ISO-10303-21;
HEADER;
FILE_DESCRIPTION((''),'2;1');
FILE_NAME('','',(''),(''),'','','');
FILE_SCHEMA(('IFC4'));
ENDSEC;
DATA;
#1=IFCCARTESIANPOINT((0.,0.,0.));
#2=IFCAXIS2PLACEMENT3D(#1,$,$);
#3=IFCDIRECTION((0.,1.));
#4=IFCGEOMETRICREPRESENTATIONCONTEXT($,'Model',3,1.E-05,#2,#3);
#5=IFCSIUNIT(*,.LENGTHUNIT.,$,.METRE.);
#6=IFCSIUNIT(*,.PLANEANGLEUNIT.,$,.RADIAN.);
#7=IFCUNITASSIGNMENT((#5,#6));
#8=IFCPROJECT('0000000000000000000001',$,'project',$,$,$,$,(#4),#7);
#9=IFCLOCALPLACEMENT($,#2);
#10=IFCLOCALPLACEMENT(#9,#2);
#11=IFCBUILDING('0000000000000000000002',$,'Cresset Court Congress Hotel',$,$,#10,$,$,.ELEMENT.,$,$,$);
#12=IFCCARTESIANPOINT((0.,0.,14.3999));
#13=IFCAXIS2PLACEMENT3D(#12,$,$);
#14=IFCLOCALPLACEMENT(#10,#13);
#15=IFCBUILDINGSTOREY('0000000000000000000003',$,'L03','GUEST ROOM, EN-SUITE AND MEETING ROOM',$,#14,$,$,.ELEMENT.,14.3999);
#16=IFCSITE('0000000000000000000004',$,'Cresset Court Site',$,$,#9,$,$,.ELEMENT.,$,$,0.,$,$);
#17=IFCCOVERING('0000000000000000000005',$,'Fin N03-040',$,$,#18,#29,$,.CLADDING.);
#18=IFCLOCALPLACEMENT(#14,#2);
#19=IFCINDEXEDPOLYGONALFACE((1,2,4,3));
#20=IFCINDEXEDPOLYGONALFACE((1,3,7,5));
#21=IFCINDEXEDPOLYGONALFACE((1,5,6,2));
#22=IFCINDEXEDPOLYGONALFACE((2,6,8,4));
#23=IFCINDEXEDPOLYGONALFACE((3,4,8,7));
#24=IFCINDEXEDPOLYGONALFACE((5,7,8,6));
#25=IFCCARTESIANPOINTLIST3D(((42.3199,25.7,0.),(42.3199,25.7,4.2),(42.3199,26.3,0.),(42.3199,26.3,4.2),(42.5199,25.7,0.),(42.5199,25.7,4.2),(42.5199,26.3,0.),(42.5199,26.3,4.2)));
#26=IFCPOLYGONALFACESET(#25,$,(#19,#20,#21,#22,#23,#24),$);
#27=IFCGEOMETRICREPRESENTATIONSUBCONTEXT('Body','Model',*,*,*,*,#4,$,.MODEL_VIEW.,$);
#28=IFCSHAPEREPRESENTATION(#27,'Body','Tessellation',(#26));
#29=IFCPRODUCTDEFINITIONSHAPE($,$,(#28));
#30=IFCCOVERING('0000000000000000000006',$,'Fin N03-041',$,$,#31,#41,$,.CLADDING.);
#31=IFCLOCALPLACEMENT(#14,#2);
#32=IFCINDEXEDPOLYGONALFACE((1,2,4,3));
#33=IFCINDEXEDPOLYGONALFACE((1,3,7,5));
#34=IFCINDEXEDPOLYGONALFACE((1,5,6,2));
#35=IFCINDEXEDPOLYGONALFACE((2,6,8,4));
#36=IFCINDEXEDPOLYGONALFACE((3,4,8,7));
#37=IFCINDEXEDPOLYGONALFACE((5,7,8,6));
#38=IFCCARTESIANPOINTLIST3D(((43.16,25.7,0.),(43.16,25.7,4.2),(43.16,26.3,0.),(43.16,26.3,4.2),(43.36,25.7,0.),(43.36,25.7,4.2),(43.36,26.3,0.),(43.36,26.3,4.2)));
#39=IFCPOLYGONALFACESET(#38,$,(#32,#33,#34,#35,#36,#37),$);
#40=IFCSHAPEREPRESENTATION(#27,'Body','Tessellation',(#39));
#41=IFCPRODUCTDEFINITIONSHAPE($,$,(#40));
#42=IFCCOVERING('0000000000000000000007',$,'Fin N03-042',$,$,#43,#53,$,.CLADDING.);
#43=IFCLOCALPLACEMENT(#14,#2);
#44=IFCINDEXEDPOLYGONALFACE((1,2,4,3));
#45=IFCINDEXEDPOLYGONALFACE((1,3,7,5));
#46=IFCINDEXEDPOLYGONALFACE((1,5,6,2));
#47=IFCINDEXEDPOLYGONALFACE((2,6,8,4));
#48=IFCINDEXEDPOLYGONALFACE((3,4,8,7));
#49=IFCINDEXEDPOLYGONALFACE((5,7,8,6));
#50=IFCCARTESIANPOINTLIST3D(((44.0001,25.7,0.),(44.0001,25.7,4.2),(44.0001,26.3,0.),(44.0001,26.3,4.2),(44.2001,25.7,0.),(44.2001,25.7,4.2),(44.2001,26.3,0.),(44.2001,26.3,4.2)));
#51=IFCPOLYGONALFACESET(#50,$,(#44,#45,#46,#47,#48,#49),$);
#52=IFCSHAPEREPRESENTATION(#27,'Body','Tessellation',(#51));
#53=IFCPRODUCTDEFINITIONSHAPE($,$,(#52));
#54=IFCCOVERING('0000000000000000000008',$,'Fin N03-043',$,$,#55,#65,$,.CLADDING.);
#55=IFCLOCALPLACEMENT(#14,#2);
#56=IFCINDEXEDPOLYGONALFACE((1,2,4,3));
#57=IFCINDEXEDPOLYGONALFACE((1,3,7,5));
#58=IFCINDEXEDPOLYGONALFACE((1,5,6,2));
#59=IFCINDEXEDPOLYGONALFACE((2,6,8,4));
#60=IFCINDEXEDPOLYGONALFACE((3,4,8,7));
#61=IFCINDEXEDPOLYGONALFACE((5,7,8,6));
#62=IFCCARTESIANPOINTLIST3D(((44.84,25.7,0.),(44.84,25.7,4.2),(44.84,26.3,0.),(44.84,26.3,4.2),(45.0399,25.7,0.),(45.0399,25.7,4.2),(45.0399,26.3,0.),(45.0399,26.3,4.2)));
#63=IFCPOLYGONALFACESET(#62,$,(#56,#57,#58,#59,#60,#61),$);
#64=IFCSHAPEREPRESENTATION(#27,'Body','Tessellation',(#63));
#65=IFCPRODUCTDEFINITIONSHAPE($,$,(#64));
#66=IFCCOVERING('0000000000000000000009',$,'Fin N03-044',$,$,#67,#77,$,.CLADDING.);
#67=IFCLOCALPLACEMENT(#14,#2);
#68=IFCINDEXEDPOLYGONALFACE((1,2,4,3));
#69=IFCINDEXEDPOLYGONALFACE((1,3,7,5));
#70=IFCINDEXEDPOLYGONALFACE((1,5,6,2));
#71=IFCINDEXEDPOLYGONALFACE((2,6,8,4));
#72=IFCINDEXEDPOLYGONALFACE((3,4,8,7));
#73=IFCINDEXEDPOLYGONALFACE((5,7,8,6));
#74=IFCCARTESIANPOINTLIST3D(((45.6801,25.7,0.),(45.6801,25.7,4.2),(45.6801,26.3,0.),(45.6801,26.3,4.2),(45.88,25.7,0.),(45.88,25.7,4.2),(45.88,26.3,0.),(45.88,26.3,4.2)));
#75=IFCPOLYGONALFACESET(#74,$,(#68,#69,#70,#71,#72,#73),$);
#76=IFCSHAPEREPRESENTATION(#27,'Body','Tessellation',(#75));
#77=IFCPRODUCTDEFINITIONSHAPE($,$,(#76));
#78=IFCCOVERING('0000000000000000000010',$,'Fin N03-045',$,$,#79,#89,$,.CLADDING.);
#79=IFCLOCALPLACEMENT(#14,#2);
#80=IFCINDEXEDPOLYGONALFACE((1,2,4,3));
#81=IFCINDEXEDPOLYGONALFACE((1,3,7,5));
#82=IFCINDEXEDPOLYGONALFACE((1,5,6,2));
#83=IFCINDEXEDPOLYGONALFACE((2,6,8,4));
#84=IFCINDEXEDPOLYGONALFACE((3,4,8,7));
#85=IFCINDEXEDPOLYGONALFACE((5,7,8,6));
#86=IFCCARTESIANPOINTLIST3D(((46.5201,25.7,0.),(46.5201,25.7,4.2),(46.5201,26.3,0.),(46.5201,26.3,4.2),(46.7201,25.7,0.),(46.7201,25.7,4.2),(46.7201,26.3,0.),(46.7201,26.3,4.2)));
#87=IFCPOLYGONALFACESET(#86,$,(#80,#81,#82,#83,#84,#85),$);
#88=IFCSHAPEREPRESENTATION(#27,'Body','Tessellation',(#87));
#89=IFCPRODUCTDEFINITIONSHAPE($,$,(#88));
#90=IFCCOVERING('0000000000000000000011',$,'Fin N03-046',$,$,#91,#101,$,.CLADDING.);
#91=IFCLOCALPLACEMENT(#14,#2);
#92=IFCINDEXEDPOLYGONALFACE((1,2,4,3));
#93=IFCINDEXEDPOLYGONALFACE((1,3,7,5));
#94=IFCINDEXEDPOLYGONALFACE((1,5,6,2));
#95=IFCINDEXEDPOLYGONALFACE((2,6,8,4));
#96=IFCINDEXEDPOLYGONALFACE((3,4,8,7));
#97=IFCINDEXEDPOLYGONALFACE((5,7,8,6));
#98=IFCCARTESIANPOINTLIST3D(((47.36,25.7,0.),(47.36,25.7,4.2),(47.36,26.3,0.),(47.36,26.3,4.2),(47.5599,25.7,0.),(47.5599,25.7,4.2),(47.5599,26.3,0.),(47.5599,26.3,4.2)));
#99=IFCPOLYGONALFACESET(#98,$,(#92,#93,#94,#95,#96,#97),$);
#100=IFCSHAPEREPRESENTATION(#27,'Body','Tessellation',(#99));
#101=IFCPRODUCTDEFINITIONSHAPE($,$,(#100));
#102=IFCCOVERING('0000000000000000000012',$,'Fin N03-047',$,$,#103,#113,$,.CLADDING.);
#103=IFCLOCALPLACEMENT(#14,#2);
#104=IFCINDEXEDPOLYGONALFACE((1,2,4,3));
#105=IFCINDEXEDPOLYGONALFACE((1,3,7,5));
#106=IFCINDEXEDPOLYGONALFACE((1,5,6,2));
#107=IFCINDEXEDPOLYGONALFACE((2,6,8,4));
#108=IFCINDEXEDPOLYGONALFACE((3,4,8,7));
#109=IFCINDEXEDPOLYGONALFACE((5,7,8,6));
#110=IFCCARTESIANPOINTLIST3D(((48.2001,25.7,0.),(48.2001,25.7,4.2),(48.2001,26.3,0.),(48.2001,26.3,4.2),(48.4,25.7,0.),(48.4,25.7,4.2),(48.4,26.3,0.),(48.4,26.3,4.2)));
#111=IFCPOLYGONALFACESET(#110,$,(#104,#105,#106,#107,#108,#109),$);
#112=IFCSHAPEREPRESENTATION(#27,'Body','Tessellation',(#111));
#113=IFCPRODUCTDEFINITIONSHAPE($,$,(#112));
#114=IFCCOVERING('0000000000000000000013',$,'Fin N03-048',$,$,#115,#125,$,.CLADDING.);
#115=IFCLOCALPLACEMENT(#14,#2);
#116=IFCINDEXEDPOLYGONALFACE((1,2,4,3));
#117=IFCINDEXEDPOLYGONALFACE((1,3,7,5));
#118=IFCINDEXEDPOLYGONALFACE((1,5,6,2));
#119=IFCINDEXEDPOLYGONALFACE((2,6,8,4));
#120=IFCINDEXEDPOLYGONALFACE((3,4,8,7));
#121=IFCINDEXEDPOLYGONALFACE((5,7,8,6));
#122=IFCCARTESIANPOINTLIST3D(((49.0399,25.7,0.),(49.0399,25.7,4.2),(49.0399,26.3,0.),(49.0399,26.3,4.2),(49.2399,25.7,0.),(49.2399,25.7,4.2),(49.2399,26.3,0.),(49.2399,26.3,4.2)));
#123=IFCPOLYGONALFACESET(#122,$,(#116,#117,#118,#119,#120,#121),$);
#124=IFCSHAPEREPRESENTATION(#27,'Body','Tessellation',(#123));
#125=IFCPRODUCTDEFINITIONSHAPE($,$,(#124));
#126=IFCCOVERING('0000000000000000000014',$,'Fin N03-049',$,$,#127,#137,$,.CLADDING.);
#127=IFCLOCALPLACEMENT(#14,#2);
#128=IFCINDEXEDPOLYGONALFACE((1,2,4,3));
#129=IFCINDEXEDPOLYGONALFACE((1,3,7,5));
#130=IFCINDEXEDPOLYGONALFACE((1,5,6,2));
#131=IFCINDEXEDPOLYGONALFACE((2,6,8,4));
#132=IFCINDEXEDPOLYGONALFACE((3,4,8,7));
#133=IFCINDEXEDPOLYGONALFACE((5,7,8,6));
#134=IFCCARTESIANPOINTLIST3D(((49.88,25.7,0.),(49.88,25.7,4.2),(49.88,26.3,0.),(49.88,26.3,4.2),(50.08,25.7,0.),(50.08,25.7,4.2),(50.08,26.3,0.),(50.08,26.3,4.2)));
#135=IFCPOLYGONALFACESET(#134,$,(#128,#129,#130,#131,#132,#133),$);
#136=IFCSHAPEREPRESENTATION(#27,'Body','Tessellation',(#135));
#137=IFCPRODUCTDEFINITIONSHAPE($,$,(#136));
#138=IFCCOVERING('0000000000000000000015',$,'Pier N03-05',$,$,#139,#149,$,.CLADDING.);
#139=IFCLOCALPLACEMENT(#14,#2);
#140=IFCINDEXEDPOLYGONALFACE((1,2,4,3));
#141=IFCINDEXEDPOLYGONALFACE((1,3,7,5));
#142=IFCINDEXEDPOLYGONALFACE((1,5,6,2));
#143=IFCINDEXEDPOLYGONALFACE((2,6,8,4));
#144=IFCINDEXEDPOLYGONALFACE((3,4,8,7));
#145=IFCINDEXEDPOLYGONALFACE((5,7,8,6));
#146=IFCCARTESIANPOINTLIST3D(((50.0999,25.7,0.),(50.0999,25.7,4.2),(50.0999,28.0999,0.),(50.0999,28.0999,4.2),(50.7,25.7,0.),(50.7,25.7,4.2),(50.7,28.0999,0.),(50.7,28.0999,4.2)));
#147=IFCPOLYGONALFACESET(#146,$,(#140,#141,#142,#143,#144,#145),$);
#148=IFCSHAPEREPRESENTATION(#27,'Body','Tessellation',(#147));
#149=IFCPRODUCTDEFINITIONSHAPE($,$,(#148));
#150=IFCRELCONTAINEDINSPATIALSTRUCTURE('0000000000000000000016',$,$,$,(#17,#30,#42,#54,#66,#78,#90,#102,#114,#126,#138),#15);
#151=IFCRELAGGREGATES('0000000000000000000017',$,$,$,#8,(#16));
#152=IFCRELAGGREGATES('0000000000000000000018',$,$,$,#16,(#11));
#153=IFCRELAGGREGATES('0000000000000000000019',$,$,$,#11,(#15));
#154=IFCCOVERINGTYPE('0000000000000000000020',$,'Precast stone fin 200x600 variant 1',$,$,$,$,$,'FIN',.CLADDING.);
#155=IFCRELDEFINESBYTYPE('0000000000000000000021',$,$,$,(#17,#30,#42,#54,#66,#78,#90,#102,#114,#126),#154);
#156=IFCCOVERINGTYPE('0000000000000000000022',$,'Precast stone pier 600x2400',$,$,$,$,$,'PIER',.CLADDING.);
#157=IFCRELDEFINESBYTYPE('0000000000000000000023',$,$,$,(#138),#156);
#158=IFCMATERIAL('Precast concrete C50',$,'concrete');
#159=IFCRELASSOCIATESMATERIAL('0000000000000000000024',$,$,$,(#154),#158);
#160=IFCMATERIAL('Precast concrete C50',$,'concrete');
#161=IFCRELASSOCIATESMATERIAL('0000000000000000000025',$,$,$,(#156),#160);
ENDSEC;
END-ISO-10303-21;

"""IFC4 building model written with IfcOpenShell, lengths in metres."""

from ifc_helpers import new_model, si_unit, direction, frame, origin, origin_2d, place, context, subcontext, project, spatial, rectangle, extrude, material, type_object, element, save


model = new_model("IFC4")

# Units and contexts
model_context = context("Model", 3, precision=1e-05, world=origin(), true_north=direction((0.0, 1.0)))
body_context = subcontext(model_context, "Body", "Model", "MODEL_VIEW")
ifc_project = project(units=[si_unit("LENGTHUNIT", "METRE"), si_unit("PLANEANGLEUNIT", "RADIAN")], contexts=[model_context])

# Site, building, storey
site_placement = place(None, origin())
site = spatial("IfcSite", under=ifc_project, at=site_placement, Name="Cresset Court Site", CompositionType="ELEMENT", RefElevation=0.0)
building_placement = place(site_placement, origin())
building = spatial("IfcBuilding", under=site, at=building_placement, Name="Cresset Court Congress Hotel", CompositionType="ELEMENT")
storey_placement = place(building_placement, frame((0.0, 0.0, 14.3999)))
storey = spatial("IfcBuildingStorey", under=building, at=storey_placement, Name="L03", Description="GUEST ROOM, EN-SUITE AND MEETING ROOM", CompositionType="ELEMENT", Elevation=14.3999)

# Coverings
ifc_material_1 = material(Name="Precast concrete C50", Category="concrete")
covering_type_1 = type_object("IfcCoveringType", Name="Precast stone fin 200x600 variant 1", ElementType="FIN", PredefinedType="CLADDING", material=ifc_material_1)
for number, where, z_axis, x_axis, name in (
    (1, (42.4199, 26.0, 0.0), (0.0, 0.0, 1.0), (1.0, 0.0, 0.0), "Fin N03-040"),
    (2, (43.26, 26.0, 0.0), (0.0, 0.0, 1.0), (1.0, 0.0, 0.0), "Fin N03-041"),
    (3, (44.1001, 26.0, 0.0), (0.0, 0.0, 1.0), (1.0, 0.0, 0.0), "Fin N03-042"),
    (4, (44.9399, 26.0, 0.0), (0.0, 0.0, 1.0), (1.0, 0.0, 0.0), "Fin N03-043"),
    (5, (45.78, 26.0, 0.0), (0.0, 0.0, 1.0), (1.0, 0.0, 0.0), "Fin N03-044"),
    (6, (46.6201, 26.0, 0.0), (0.0, 0.0, 1.0), (1.0, 0.0, 0.0), "Fin N03-045"),
    (7, (47.46, 26.0, 0.0), (0.0, 0.0, 1.0), (1.0, 0.0, 0.0), "Fin N03-046"),
    (8, (48.3, 26.0, 0.0), (0.0, 0.0, 1.0), (1.0, 0.0, 0.0), "Fin N03-047"),
    (9, (49.1399, 26.0, 0.0), (0.0, 0.0, 1.0), (1.0, 0.0, 0.0), "Fin N03-048"),
    (10, (49.98, 26.0, 0.0), (0.0, 0.0, 1.0), (1.0, 0.0, 0.0), "Fin N03-049"),
):
    element("IfcCovering", number, at=place(storey_placement, frame(where, z_axis=z_axis, x_axis=x_axis)), inside=storey, type_object=covering_type_1, Name=name, PredefinedType="CLADDING", context=body_context, shape_type="SweptSolid", body=[
        extrude(rectangle(XDim=0.2, YDim=0.6001, at=origin_2d()), origin(), (0.0, 0.0, 1.0), 4.2),
    ])
ifc_material_2 = material(Name="Precast concrete C50", Category="concrete")
covering_type_2 = type_object("IfcCoveringType", Name="Precast stone pier 600x2400", ElementType="PIER", PredefinedType="CLADDING", material=ifc_material_2)
covering_placement = place(storey_placement, frame((50.3999, 26.8999, 0.0), z_axis=(0.0, 0.0, 1.0), x_axis=(1.0, 0.0, 0.0)))
element("IfcCovering", 11, at=covering_placement, inside=storey, type_object=covering_type_2, Name="Pier N03-05", PredefinedType="CLADDING", context=body_context, shape_type="SweptSolid", body=[
    extrude(rectangle(XDim=0.6001, YDim=2.3999, at=origin_2d()), origin(), (0.0, 0.0, 1.0), 4.2),
])

save(model, "model.ifc")
